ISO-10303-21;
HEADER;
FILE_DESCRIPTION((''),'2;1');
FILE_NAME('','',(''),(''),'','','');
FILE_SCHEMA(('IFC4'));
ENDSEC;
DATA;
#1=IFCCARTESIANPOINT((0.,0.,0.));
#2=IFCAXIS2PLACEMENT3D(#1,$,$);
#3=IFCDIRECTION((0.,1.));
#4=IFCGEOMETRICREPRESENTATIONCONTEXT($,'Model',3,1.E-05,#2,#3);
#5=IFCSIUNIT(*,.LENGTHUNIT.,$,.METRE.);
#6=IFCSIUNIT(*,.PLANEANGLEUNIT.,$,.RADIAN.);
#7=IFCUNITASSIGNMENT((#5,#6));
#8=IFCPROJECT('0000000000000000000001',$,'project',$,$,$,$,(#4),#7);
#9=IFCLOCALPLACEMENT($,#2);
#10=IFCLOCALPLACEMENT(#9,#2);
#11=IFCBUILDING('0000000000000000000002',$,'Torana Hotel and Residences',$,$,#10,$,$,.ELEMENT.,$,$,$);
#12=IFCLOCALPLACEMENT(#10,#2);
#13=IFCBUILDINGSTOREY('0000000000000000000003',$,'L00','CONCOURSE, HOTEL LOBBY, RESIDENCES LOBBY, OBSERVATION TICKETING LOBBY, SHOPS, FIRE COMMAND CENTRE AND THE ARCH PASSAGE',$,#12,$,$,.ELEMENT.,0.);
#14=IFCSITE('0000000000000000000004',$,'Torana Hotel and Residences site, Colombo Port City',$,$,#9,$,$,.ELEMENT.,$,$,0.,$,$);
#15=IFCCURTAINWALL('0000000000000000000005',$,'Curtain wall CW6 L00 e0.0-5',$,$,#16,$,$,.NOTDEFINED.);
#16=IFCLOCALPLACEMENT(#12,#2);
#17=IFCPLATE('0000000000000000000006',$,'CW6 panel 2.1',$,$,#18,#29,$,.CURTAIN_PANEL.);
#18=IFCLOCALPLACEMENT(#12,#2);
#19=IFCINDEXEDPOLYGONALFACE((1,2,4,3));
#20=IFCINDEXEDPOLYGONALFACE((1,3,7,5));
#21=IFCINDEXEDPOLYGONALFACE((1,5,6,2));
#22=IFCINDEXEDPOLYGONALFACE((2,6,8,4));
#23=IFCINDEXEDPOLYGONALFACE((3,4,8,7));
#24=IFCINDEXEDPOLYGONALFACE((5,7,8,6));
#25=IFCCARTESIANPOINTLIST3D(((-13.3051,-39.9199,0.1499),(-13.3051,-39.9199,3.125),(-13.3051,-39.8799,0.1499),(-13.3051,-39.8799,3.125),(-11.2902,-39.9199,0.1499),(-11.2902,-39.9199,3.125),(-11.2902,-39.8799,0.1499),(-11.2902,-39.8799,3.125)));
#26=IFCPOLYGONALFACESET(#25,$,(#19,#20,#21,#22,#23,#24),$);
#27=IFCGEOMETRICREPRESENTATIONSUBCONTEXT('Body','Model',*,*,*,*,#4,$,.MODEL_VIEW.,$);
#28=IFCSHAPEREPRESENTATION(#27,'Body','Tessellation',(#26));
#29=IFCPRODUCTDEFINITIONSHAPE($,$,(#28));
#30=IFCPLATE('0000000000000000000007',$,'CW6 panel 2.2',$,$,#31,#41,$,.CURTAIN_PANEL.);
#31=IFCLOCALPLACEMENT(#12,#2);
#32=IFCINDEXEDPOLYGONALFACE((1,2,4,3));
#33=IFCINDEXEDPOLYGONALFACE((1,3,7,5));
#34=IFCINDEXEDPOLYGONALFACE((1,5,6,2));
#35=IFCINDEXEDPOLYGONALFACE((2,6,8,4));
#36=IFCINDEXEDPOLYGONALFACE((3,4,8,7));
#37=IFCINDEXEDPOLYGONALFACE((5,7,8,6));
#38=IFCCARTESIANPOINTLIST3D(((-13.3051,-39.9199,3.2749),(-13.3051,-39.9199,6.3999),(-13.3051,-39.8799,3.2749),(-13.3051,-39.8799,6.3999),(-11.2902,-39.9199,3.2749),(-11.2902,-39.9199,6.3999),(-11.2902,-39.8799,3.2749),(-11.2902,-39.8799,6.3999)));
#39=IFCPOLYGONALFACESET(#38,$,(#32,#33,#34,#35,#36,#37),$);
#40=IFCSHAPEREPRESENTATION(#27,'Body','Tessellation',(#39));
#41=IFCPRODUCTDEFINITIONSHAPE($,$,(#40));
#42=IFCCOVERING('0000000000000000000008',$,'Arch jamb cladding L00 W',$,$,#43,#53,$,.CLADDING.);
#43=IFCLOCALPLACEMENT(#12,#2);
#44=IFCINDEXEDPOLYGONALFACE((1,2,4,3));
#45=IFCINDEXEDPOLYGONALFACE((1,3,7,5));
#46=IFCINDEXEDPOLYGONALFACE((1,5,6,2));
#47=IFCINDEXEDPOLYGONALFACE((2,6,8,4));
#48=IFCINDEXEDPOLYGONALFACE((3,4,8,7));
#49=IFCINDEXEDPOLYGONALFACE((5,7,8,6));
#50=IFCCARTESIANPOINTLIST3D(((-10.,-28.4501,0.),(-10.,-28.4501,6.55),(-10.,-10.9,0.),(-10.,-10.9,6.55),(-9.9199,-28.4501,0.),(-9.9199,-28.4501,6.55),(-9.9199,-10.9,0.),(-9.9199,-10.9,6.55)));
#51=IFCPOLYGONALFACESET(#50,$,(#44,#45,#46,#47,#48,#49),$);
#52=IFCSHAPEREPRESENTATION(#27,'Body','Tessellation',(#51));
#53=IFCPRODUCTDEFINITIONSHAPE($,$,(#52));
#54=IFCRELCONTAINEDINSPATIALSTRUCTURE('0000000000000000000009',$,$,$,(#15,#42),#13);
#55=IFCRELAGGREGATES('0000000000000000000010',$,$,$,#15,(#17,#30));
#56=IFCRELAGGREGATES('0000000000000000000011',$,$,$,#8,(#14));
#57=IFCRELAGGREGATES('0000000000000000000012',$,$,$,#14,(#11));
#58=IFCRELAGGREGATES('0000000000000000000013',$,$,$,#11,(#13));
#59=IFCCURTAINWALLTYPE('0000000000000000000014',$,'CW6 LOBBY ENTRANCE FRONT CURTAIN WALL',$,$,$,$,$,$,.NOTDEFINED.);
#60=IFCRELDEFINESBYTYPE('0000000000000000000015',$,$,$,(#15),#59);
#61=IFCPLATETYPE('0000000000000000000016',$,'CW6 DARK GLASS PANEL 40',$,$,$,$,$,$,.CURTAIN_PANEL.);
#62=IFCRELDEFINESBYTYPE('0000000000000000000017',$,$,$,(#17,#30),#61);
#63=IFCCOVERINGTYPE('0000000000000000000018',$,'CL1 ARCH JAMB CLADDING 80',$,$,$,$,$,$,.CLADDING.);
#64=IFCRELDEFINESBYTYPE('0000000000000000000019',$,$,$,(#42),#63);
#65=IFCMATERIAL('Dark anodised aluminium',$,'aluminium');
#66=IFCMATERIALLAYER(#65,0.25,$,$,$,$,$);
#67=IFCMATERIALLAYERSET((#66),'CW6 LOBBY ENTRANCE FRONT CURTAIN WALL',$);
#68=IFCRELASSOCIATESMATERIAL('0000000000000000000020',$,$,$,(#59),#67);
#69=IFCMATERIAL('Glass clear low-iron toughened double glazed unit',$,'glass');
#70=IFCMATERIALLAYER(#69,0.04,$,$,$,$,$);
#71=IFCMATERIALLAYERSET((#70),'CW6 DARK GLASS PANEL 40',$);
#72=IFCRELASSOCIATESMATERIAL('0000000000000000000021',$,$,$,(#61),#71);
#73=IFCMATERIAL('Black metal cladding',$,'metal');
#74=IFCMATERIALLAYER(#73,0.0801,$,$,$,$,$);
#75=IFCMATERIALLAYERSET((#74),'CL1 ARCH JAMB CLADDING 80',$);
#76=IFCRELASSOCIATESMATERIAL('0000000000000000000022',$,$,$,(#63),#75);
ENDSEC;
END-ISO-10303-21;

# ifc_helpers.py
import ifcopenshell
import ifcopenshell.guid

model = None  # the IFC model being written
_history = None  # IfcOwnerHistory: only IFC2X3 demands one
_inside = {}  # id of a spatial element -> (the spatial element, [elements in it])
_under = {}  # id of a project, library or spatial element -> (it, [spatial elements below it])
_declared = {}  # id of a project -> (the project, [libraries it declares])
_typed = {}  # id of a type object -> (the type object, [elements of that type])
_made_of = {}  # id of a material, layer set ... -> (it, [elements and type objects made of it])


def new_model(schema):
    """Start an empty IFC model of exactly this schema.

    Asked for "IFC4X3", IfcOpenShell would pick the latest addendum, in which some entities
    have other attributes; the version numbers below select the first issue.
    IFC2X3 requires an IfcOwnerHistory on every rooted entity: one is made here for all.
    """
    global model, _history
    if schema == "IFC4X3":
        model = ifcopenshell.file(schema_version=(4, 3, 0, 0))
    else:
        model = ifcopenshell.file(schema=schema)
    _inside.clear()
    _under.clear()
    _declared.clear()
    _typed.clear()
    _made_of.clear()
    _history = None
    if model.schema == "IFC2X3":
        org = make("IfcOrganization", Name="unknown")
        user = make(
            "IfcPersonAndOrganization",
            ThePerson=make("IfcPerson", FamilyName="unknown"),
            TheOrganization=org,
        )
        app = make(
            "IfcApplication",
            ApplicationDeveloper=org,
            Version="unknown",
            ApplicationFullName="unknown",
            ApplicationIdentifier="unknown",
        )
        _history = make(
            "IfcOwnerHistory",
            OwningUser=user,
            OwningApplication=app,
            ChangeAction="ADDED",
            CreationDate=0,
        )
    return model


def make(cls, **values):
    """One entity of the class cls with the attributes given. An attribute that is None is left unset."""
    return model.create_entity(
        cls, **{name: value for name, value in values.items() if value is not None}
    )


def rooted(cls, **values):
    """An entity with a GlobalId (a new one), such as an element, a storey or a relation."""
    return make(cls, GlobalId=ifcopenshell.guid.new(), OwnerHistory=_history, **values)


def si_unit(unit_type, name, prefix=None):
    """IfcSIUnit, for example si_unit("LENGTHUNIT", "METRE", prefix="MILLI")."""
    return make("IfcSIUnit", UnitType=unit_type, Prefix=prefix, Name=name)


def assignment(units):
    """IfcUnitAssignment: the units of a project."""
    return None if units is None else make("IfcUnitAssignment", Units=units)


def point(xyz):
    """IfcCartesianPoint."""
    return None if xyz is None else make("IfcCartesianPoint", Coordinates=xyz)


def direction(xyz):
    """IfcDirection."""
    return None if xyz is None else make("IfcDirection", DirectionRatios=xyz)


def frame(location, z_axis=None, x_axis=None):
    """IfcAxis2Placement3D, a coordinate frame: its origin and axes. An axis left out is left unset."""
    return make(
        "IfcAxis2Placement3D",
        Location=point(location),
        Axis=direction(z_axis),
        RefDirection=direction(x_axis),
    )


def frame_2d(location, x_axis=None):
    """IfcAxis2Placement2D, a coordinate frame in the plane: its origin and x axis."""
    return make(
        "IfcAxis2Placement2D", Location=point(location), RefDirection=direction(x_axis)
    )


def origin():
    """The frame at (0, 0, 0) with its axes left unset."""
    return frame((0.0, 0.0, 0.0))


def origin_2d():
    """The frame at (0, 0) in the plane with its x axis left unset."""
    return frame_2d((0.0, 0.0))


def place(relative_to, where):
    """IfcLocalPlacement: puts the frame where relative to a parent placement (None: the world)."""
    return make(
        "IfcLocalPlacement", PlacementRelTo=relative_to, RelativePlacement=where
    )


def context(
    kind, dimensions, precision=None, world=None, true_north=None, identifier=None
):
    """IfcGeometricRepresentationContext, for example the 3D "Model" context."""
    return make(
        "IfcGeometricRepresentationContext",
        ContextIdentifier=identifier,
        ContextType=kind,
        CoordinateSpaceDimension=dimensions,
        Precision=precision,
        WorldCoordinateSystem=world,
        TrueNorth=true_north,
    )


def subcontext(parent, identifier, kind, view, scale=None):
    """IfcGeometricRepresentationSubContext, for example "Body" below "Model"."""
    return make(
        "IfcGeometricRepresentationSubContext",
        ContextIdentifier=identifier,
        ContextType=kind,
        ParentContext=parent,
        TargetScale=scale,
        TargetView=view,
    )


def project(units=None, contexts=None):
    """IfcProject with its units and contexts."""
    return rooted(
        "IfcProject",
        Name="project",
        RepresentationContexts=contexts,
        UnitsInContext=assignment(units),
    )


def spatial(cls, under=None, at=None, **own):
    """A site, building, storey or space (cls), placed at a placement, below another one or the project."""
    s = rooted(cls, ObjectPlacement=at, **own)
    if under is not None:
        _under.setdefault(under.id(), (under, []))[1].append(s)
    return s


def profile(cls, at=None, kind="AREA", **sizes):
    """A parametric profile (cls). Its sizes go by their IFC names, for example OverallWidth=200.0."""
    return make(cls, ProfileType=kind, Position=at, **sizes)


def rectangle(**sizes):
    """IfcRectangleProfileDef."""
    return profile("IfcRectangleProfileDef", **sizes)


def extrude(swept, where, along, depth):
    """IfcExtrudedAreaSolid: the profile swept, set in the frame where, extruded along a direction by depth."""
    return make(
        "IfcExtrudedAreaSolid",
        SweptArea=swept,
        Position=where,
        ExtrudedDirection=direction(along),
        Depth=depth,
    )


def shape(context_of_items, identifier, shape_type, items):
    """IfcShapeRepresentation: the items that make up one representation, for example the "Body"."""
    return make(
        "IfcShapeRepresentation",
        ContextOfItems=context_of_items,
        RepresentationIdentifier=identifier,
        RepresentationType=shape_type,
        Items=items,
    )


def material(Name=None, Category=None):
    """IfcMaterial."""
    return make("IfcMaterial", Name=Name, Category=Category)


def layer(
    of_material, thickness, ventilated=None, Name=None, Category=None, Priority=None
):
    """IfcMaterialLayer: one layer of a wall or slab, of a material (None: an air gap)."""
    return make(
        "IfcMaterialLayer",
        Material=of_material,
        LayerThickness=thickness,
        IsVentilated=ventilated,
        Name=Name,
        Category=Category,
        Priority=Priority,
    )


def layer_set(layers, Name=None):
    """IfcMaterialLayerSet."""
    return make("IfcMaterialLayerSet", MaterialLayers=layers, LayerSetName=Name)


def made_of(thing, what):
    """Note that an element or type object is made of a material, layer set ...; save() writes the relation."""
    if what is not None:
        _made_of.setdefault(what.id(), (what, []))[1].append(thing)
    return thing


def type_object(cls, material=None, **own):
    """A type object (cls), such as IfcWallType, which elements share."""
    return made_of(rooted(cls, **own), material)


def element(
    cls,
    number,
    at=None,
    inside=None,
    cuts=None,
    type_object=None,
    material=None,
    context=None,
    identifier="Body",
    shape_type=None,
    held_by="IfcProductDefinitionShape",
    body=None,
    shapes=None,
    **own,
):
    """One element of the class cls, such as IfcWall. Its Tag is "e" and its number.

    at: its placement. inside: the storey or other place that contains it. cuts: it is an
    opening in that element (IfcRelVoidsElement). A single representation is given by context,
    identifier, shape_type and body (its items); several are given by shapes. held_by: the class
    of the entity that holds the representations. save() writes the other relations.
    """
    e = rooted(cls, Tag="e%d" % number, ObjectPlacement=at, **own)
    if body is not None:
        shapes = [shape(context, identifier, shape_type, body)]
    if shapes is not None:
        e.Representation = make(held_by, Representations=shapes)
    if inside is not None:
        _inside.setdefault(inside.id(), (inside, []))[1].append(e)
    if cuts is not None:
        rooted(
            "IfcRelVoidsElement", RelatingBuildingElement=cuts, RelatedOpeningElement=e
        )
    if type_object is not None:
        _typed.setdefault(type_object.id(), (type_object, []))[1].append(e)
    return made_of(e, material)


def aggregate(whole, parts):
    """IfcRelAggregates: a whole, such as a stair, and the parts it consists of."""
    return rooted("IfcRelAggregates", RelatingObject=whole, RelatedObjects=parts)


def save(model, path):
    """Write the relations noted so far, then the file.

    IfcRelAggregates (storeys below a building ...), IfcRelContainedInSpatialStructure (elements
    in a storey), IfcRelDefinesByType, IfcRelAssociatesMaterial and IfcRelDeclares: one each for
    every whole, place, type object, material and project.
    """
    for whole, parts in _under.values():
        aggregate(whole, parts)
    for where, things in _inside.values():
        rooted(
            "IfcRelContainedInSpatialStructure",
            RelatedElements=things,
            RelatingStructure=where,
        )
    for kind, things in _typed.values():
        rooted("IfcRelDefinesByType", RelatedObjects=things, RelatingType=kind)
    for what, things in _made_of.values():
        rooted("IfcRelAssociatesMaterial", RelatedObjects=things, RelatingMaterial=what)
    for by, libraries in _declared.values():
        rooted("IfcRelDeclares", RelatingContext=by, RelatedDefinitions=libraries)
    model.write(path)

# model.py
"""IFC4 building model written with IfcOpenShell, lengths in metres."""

from ifc_helpers import new_model, si_unit, direction, frame, frame_2d, origin, origin_2d, place, context, subcontext, project, spatial, rectangle, extrude, material, layer, layer_set, type_object, element, aggregate, save


model = new_model("IFC4")

# Units and contexts
model_context = context("Model", 3, precision=1e-05, world=origin(), true_north=direction((0.0, 1.0)))
body_context = subcontext(model_context, "Body", "Model", "MODEL_VIEW")
ifc_project = project(units=[si_unit("LENGTHUNIT", "METRE"), si_unit("PLANEANGLEUNIT", "RADIAN")], contexts=[model_context])

# Site, building, storey
site_placement = place(None, origin())
site = spatial("IfcSite", under=ifc_project, at=site_placement, Name="Torana Hotel and Residences site, Colombo Port City", CompositionType="ELEMENT", RefElevation=0.0)
building_placement = place(site_placement, origin())
building = spatial("IfcBuilding", under=site, at=building_placement, Name="Torana Hotel and Residences", CompositionType="ELEMENT")
storey_placement = place(building_placement, origin())
storey = spatial("IfcBuildingStorey", under=building, at=storey_placement, Name="L00", Description="CONCOURSE, HOTEL LOBBY, RESIDENCES LOBBY, OBSERVATION TICKETING LOBBY, SHOPS, FIRE COMMAND CENTRE AND THE ARCH PASSAGE", CompositionType="ELEMENT", Elevation=0.0)

# Curtain wall, plates
ifc_material_1 = material(Name="Dark anodised aluminium", Category="aluminium")
ifc_layer_1 = layer(ifc_material_1, 0.25)
ifc_layer_set_1 = layer_set([ifc_layer_1], Name="CW6 LOBBY ENTRANCE FRONT CURTAIN WALL")
curtain_wall_type = type_object("IfcCurtainWallType", Name="CW6 LOBBY ENTRANCE FRONT CURTAIN WALL", PredefinedType="NOTDEFINED", material=ifc_layer_set_1)
curtain_wall_placement = place(storey_placement, origin())
curtain_wall = element("IfcCurtainWall", 1, at=curtain_wall_placement, inside=storey, type_object=curtain_wall_type, Name="Curtain wall CW6 L00 e0.0-5", PredefinedType="NOTDEFINED")
ifc_material_2 = material(Name="Glass clear low-iron toughened double glazed unit", Category="glass")
ifc_layer_2 = layer(ifc_material_2, 0.04)
ifc_layer_set_2 = layer_set([ifc_layer_2], Name="CW6 DARK GLASS PANEL 40")
plate_type = type_object("IfcPlateType", Name="CW6 DARK GLASS PANEL 40", PredefinedType="CURTAIN_PANEL", material=ifc_layer_set_2)
plate_1_placement = place(storey_placement, frame((-12.2976, -39.8999, 0.1499), z_axis=(0.0, 0.0, 1.0), x_axis=(1.0, 0.0, 0.0)))
plate_1 = element("IfcPlate", 2, at=plate_1_placement, type_object=plate_type, Name="CW6 panel 2.1", PredefinedType="CURTAIN_PANEL", context=body_context, shape_type="SweptSolid", body=[
    extrude(rectangle(XDim=2.0149, YDim=0.04, at=origin_2d()), origin(), (0.0, 0.0, 1.0), 2.9751),
])
plate_2_placement = place(storey_placement, frame((-12.2976, -39.8999, 3.2749), z_axis=(0.0, 0.0, 1.0), x_axis=(1.0, 0.0, 0.0)))
plate_2 = element("IfcPlate", 3, at=plate_2_placement, type_object=plate_type, Name="CW6 panel 2.2", PredefinedType="CURTAIN_PANEL", context=body_context, shape_type="SweptSolid", body=[
    extrude(rectangle(XDim=2.0149, YDim=0.04, at=origin_2d()), origin(), (0.0, 0.0, 1.0), 3.125),
])
aggregate(curtain_wall, [plate_1, plate_2])

# Covering
ifc_material_3 = material(Name="Black metal cladding", Category="metal")
ifc_layer_3 = layer(ifc_material_3, 0.0801)
ifc_layer_set_3 = layer_set([ifc_layer_3], Name="CL1 ARCH JAMB CLADDING 80")
covering_type = type_object("IfcCoveringType", Name="CL1 ARCH JAMB CLADDING 80", PredefinedType="CLADDING", material=ifc_layer_set_3)
covering_placement = place(storey_placement, frame((-9.96, -28.45, 0.0), z_axis=(0.0, 0.0, 1.0), x_axis=(0.0, 1.0, 0.0)))
element("IfcCovering", 4, at=covering_placement, inside=storey, type_object=covering_type, Name="Arch jamb cladding L00 W", PredefinedType="CLADDING", context=body_context, shape_type="SweptSolid", body=[
    extrude(rectangle(XDim=17.55, YDim=0.0801, at=frame_2d((8.7749, 0.0))), origin(), (0.0, 0.0, 1.0), 6.55),
])

save(model, "model.ifc")
